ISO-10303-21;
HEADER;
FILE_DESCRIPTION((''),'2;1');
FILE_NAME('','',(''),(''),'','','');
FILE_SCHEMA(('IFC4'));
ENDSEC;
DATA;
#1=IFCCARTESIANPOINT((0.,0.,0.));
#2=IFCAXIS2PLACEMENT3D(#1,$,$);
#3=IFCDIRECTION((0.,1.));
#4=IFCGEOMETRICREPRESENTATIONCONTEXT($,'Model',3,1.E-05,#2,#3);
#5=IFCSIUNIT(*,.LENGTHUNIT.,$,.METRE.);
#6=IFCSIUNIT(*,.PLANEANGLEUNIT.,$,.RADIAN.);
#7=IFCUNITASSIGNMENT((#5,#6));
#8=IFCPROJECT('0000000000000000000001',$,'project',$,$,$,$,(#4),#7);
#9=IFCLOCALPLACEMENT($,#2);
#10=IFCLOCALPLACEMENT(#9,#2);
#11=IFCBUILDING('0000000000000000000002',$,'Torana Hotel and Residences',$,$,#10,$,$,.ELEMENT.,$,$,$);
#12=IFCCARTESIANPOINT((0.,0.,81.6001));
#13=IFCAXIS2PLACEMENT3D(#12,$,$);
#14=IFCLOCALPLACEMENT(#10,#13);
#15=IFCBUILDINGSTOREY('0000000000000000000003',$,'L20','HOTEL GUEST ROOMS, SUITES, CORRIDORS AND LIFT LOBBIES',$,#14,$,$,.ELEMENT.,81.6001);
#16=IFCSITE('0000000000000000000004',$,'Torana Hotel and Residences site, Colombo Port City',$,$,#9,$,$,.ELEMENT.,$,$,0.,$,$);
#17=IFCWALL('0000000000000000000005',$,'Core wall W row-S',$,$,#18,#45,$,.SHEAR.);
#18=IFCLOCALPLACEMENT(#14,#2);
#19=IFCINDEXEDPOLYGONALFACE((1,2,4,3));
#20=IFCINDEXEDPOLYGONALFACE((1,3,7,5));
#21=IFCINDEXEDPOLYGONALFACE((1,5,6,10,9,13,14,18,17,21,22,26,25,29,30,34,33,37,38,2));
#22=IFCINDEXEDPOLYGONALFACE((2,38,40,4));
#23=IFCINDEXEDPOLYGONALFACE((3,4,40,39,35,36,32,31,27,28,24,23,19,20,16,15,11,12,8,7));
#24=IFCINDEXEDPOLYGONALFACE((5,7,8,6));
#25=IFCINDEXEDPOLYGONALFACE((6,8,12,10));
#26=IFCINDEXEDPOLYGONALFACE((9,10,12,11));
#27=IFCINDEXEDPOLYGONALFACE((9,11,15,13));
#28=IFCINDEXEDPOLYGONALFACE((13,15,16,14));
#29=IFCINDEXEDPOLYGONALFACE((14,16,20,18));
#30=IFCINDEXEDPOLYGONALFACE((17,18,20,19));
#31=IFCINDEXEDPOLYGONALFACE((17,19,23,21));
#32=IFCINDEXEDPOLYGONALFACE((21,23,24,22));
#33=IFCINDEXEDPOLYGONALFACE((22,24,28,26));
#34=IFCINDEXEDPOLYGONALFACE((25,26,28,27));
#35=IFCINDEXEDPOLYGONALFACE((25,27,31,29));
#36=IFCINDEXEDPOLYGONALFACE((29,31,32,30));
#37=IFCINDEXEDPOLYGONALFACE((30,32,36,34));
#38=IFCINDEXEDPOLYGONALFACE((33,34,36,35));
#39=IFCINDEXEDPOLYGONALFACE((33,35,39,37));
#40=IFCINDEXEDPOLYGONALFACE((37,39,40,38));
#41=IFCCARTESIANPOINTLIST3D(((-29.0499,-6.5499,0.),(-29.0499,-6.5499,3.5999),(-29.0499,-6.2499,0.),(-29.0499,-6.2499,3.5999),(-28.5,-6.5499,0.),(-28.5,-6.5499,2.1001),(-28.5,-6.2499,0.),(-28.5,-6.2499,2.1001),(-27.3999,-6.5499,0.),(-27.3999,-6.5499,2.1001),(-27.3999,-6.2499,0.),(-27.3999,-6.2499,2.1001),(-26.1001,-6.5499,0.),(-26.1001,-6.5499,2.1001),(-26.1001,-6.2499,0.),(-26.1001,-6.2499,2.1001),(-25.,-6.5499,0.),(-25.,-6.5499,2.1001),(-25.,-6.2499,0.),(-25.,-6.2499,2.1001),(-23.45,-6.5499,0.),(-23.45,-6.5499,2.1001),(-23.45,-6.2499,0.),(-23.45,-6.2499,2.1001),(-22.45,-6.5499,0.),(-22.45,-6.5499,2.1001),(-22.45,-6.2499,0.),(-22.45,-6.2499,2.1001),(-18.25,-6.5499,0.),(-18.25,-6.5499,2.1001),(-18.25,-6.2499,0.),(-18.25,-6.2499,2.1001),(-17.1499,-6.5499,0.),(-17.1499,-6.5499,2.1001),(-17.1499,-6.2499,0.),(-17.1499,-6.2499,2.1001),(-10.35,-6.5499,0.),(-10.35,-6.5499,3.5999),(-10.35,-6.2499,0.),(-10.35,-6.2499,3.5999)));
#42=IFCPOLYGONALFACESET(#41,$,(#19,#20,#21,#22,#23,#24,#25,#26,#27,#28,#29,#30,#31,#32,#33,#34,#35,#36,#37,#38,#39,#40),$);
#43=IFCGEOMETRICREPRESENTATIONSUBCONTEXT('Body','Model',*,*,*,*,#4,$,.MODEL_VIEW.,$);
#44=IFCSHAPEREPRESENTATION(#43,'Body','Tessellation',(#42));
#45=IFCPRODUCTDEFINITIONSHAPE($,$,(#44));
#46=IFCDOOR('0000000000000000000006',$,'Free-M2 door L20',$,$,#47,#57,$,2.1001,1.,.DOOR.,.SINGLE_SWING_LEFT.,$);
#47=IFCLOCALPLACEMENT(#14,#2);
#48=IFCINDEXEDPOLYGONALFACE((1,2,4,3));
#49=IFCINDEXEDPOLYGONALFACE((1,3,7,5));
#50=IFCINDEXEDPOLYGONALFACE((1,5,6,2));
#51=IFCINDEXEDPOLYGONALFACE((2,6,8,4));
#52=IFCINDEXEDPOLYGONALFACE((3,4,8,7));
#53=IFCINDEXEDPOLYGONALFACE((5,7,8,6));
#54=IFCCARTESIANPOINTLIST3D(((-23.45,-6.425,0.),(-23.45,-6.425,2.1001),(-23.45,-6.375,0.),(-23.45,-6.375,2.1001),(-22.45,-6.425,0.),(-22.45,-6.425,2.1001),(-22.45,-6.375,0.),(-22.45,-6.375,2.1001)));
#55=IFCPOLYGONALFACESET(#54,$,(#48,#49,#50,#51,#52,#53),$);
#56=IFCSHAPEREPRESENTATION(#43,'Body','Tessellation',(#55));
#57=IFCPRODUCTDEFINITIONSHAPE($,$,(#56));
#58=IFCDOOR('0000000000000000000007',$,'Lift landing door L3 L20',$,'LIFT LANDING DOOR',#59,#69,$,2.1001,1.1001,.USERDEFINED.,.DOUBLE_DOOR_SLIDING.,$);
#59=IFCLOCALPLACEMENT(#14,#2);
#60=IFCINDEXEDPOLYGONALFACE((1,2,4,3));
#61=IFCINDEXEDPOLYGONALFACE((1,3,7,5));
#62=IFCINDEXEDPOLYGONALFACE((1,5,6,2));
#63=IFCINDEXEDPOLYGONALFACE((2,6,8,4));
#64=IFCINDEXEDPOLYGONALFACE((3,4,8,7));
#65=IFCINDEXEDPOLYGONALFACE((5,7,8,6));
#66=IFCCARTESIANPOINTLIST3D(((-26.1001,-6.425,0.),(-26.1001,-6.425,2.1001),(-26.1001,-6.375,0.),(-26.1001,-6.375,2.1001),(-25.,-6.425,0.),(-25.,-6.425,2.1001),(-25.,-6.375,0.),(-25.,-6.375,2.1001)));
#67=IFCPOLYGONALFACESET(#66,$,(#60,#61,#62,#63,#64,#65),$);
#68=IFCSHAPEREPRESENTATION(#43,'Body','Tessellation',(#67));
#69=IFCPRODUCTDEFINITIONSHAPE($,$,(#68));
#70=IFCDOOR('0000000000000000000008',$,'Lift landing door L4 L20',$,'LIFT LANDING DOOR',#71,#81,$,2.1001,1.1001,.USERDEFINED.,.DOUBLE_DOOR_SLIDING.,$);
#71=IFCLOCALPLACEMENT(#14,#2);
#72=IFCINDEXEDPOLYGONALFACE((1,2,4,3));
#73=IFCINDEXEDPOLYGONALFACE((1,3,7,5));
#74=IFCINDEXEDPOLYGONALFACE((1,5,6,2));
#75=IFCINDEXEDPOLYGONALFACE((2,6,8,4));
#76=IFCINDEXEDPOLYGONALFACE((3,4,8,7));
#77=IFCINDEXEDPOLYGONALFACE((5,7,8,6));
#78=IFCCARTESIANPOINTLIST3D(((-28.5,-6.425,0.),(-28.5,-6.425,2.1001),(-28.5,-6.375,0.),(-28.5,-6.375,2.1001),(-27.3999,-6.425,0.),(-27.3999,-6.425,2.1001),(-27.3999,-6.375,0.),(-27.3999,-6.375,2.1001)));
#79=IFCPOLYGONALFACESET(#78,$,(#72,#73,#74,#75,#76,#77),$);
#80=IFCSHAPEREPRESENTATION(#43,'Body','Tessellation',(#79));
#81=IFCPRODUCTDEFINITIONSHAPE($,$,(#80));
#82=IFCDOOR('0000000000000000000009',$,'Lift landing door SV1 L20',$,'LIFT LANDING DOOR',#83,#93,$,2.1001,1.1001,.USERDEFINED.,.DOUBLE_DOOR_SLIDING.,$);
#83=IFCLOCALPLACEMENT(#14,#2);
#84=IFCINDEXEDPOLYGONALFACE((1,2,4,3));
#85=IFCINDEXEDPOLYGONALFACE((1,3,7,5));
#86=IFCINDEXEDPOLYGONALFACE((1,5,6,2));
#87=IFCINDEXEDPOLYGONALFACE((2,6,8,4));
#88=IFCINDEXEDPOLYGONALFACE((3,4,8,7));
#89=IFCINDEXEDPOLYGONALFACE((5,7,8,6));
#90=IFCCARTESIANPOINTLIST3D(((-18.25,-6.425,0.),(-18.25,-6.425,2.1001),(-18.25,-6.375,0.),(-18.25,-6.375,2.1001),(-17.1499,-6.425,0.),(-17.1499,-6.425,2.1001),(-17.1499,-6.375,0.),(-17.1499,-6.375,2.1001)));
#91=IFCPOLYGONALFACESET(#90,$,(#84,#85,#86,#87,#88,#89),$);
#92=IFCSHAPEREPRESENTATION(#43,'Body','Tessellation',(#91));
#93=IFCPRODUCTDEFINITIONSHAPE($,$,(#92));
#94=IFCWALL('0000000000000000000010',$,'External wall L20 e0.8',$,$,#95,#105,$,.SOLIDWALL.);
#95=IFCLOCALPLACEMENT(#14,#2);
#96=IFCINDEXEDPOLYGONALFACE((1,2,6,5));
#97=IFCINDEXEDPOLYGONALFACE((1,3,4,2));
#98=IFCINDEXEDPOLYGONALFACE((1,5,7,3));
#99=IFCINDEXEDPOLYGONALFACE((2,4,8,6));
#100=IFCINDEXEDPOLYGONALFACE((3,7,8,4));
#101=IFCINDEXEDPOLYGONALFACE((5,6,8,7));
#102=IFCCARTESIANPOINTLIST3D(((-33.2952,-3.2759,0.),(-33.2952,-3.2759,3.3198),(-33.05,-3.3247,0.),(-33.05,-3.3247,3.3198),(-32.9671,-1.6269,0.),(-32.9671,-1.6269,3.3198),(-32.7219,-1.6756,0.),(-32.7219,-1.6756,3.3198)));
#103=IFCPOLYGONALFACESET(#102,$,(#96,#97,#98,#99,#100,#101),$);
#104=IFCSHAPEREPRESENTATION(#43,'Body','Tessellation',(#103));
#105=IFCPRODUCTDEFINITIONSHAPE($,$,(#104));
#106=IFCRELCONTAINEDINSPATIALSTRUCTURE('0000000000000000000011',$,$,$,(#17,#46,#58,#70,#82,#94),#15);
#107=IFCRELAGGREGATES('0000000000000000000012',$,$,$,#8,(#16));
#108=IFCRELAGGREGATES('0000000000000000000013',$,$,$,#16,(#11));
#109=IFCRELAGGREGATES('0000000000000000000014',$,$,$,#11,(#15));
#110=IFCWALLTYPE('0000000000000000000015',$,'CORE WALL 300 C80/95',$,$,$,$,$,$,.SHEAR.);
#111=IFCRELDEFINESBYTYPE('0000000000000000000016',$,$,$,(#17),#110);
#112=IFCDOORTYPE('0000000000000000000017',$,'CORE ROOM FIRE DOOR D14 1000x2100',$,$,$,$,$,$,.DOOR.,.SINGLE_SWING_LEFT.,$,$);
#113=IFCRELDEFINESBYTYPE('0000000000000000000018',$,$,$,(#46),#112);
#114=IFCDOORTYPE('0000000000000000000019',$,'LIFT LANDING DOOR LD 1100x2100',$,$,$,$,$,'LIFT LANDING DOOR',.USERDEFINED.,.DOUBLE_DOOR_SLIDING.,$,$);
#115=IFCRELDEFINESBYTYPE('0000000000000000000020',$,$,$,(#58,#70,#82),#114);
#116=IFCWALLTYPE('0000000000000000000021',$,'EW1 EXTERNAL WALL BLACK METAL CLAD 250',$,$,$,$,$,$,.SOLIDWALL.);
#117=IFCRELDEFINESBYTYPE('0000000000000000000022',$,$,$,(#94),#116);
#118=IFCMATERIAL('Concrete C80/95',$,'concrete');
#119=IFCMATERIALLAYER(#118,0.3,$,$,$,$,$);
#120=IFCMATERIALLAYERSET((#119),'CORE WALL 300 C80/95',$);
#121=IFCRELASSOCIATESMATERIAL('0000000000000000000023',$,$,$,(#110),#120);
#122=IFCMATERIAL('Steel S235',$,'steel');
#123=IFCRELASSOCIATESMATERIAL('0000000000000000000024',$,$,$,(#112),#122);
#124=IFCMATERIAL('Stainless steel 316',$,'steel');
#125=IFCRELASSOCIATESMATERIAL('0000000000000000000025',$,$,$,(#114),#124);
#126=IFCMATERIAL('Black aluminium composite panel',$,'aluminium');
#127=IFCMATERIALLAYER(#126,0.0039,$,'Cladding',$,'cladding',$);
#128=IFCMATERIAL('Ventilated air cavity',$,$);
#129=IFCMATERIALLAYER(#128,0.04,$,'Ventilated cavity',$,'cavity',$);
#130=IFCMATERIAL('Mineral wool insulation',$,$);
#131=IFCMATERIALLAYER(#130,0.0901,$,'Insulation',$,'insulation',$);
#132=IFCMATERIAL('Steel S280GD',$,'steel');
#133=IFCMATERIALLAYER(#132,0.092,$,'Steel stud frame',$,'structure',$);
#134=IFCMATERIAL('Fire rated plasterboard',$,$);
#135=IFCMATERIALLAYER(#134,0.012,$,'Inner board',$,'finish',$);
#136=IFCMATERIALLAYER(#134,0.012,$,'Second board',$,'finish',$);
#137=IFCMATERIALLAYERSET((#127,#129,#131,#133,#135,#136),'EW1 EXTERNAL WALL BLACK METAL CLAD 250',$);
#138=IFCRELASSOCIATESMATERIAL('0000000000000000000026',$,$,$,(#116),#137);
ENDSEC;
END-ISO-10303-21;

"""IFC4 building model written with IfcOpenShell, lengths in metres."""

from ifc_helpers import new_model, si_unit, direction, frame, frame_2d, origin, place, context, subcontext, project, spatial, rectangle, extrude, material, layer, layer_set, type_object, element, fill, save


model = new_model("IFC4")

# Units and contexts
model_context = context("Model", 3, precision=1e-05, world=origin(), true_north=direction((0.0, 1.0)))
body_context = subcontext(model_context, "Body", "Model", "MODEL_VIEW")
ifc_project = project(units=[si_unit("LENGTHUNIT", "METRE"), si_unit("PLANEANGLEUNIT", "RADIAN")], contexts=[model_context])

# Site, building, storey
site_placement = place(None, origin())
site = spatial("IfcSite", under=ifc_project, at=site_placement, Name="Torana Hotel and Residences site, Colombo Port City", CompositionType="ELEMENT", RefElevation=0.0)
building_placement = place(site_placement, origin())
building = spatial("IfcBuilding", under=site, at=building_placement, Name="Torana Hotel and Residences", CompositionType="ELEMENT")
storey_placement = place(building_placement, frame((0.0, 0.0, 81.6001)))
storey = spatial("IfcBuildingStorey", under=building, at=storey_placement, Name="L20", Description="HOTEL GUEST ROOMS, SUITES, CORRIDORS AND LIFT LOBBIES", CompositionType="ELEMENT", Elevation=81.6001)

# Wall, openings, doors
ifc_material_1 = material(Name="Concrete C80/95", Category="concrete")
ifc_layer_1 = layer(ifc_material_1, 0.3)
ifc_layer_set_1 = layer_set([ifc_layer_1], Name="CORE WALL 300 C80/95")
wall_type_1 = type_object("IfcWallType", Name="CORE WALL 300 C80/95", PredefinedType="SHEAR", material=ifc_layer_set_1)
ifc_material_2 = material(Name="Steel S235", Category="steel")
door_type_1 = type_object("IfcDoorType", Name="CORE ROOM FIRE DOOR D14 1000x2100", OperationType="SINGLE_SWING_LEFT", PredefinedType="DOOR", material=ifc_material_2)
ifc_material_3 = material(Name="Stainless steel 316", Category="steel")
door_type_2 = type_object("IfcDoorType", Name="LIFT LANDING DOOR LD 1100x2100", ElementType="LIFT LANDING DOOR", OperationType="DOUBLE_DOOR_SLIDING", PredefinedType="USERDEFINED", material=ifc_material_3)
wall_1_placement = place(storey_placement, frame((-29.05, -6.3999, 0.0), z_axis=(0.0, 0.0, 1.0), x_axis=(1.0, 0.0, 0.0)))
wall_1 = element("IfcWall", 1, at=wall_1_placement, inside=storey, type_object=wall_type_1, Name="Core wall W row-S", PredefinedType="SHEAR", context=body_context, shape_type="SweptSolid", body=[
    extrude(rectangle(XDim=18.7, YDim=0.3, at=frame_2d((9.3501, 0.0))), origin(), (0.0, 0.0, 1.0), 3.5999),
])
opening_1_placement = place(wall_1_placement, frame((2.95, 0.0, 0.0)))
opening_1 = element("IfcOpeningElement", 2, at=opening_1_placement, cuts=wall_1, PredefinedType="OPENING", context=body_context, shape_type="SweptSolid", body=[
    extrude(rectangle(XDim=1.1001, YDim=2.1001, at=frame_2d((0.55, 1.05))), frame((0.0, 0.1599, 0.0), z_axis=(0.0, -1.0, 0.0), x_axis=(1.0, 0.0, 0.0)), (0.0, 0.0, 1.0), 0.3201),
])
opening_2_placement = place(wall_1_placement, frame((0.55, 0.0, 0.0)))
opening_2 = element("IfcOpeningElement", 3, at=opening_2_placement, cuts=wall_1, PredefinedType="OPENING", context=body_context, shape_type="SweptSolid", body=[
    extrude(rectangle(XDim=1.1001, YDim=2.1001, at=frame_2d((0.55, 1.05))), frame((0.0, 0.1599, 0.0), z_axis=(0.0, -1.0, 0.0), x_axis=(1.0, 0.0, 0.0)), (0.0, 0.0, 1.0), 0.3201),
])
opening_3_placement = place(wall_1_placement, frame((10.8, 0.0, 0.0)))
opening_3 = element("IfcOpeningElement", 4, at=opening_3_placement, cuts=wall_1, PredefinedType="OPENING", context=body_context, shape_type="SweptSolid", body=[
    extrude(rectangle(XDim=1.1001, YDim=2.1001, at=frame_2d((0.55, 1.05))), frame((0.0, 0.1599, 0.0), z_axis=(0.0, -1.0, 0.0), x_axis=(1.0, 0.0, 0.0)), (0.0, 0.0, 1.0), 0.3201),
])
opening_4_placement = place(wall_1_placement, frame((5.6001, 0.0, 0.0)))
opening_4 = element("IfcOpeningElement", 5, at=opening_4_placement, cuts=wall_1, PredefinedType="OPENING", context=body_context, shape_type="SweptSolid", body=[
    extrude(rectangle(XDim=1.0, YDim=2.1001, at=frame_2d((0.5, 1.05))), frame((0.0, 0.1599, 0.0), z_axis=(0.0, -1.0, 0.0), x_axis=(1.0, 0.0, 0.0)), (0.0, 0.0, 1.0), 0.3201),
])
door_1_placement = place(opening_4_placement, frame((0.5, 0.0, 0.0), z_axis=(0.0, 0.0, 1.0), x_axis=(-1.0, 0.0, 0.0)))
door_1 = element("IfcDoor", 6, at=door_1_placement, inside=storey, type_object=door_type_1, Name="Free-M2 door L20", OperationType="SINGLE_SWING_LEFT", OverallHeight=2.1001, OverallWidth=1.0, PredefinedType="DOOR", context=body_context, shape_type="SweptSolid", body=[
    extrude(rectangle(XDim=1.0, YDim=2.1001, at=frame_2d((0.0, 1.05))), frame((0.0, -0.0249, 0.0), z_axis=(0.0, 1.0, 0.0), x_axis=(-1.0, 0.0, 0.0)), (0.0, 0.0, 1.0), 0.05),
])
fill(opening_4, door_1)
door_2_placement = place(opening_1_placement, origin())
door_2 = element("IfcDoor", 7, at=door_2_placement, inside=storey, type_object=door_type_2, Name="Lift landing door L3 L20", ObjectType="LIFT LANDING DOOR", OperationType="DOUBLE_DOOR_SLIDING", OverallHeight=2.1001, OverallWidth=1.1001, PredefinedType="USERDEFINED", context=body_context, shape_type="SweptSolid", body=[
    extrude(rectangle(XDim=1.1001, YDim=2.1001, at=frame_2d((0.55, 1.05))), frame((0.0, 0.0249, 0.0), z_axis=(0.0, -1.0, 0.0), x_axis=(1.0, 0.0, 0.0)), (0.0, 0.0, 1.0), 0.05),
])
fill(opening_1, door_2)
door_3_placement = place(opening_2_placement, origin())
door_3 = element("IfcDoor", 8, at=door_3_placement, inside=storey, type_object=door_type_2, Name="Lift landing door L4 L20", ObjectType="LIFT LANDING DOOR", OperationType="DOUBLE_DOOR_SLIDING", OverallHeight=2.1001, OverallWidth=1.1001, PredefinedType="USERDEFINED", context=body_context, shape_type="SweptSolid", body=[
    extrude(rectangle(XDim=1.1001, YDim=2.1001, at=frame_2d((0.55, 1.05))), frame((0.0, 0.0249, 0.0), z_axis=(0.0, -1.0, 0.0), x_axis=(1.0, 0.0, 0.0)), (0.0, 0.0, 1.0), 0.05),
])
fill(opening_2, door_3)
door_4_placement = place(opening_3_placement, origin())
door_4 = element("IfcDoor", 9, at=door_4_placement, inside=storey, type_object=door_type_2, Name="Lift landing door SV1 L20", ObjectType="LIFT LANDING DOOR", OperationType="DOUBLE_DOOR_SLIDING", OverallHeight=2.1001, OverallWidth=1.1001, PredefinedType="USERDEFINED", context=body_context, shape_type="SweptSolid", body=[
    extrude(rectangle(XDim=1.1001, YDim=2.1001, at=frame_2d((0.55, 1.05))), frame((0.0, 0.0249, 0.0), z_axis=(0.0, -1.0, 0.0), x_axis=(1.0, 0.0, 0.0)), (0.0, 0.0, 1.0), 0.05),
])
fill(opening_3, door_4)

# Wall
ifc_material_4 = material(Name="Black aluminium composite panel", Category="aluminium")
ifc_layer_2 = layer(ifc_material_4, 0.0039, Name="Cladding", Category="cladding")
ifc_material_5 = material(Name="Ventilated air cavity")
ifc_layer_3 = layer(ifc_material_5, 0.04, Name="Ventilated cavity", Category="cavity")
ifc_material_6 = material(Name="Mineral wool insulation")
ifc_layer_4 = layer(ifc_material_6, 0.0901, Name="Insulation", Category="insulation")
ifc_material_7 = material(Name="Steel S280GD", Category="steel")
ifc_layer_5 = layer(ifc_material_7, 0.092, Name="Steel stud frame", Category="structure")
ifc_material_8 = material(Name="Fire rated plasterboard")
ifc_layer_6 = layer(ifc_material_8, 0.012, Name="Inner board", Category="finish")
ifc_layer_7 = layer(ifc_material_8, 0.012, Name="Second board", Category="finish")
ifc_layer_set_2 = layer_set([ifc_layer_2, ifc_layer_3, ifc_layer_4, ifc_layer_5, ifc_layer_6, ifc_layer_7], Name="EW1 EXTERNAL WALL BLACK METAL CLAD 250")
wall_type_2 = type_object("IfcWallType", Name="EW1 EXTERNAL WALL BLACK METAL CLAD 250", PredefinedType="SOLIDWALL", material=ifc_layer_set_2)
wall_2_placement = place(storey_placement, frame((-32.8445, -1.6511, 0.0), z_axis=(0.0, 0.0, 1.0), x_axis=(-0.195139, -0.980776, 0.0)))
element("IfcWall", 10, at=wall_2_placement, inside=storey, type_object=wall_type_2, Name="External wall L20 e0.8", PredefinedType="SOLIDWALL", context=body_context, shape_type="SweptSolid", body=[
    extrude(rectangle(XDim=1.6814, YDim=0.25, at=frame_2d((0.8408, 0.0))), origin(), (0.0, 0.0, 1.0), 3.3198),
])

save(model, "model.ifc")
